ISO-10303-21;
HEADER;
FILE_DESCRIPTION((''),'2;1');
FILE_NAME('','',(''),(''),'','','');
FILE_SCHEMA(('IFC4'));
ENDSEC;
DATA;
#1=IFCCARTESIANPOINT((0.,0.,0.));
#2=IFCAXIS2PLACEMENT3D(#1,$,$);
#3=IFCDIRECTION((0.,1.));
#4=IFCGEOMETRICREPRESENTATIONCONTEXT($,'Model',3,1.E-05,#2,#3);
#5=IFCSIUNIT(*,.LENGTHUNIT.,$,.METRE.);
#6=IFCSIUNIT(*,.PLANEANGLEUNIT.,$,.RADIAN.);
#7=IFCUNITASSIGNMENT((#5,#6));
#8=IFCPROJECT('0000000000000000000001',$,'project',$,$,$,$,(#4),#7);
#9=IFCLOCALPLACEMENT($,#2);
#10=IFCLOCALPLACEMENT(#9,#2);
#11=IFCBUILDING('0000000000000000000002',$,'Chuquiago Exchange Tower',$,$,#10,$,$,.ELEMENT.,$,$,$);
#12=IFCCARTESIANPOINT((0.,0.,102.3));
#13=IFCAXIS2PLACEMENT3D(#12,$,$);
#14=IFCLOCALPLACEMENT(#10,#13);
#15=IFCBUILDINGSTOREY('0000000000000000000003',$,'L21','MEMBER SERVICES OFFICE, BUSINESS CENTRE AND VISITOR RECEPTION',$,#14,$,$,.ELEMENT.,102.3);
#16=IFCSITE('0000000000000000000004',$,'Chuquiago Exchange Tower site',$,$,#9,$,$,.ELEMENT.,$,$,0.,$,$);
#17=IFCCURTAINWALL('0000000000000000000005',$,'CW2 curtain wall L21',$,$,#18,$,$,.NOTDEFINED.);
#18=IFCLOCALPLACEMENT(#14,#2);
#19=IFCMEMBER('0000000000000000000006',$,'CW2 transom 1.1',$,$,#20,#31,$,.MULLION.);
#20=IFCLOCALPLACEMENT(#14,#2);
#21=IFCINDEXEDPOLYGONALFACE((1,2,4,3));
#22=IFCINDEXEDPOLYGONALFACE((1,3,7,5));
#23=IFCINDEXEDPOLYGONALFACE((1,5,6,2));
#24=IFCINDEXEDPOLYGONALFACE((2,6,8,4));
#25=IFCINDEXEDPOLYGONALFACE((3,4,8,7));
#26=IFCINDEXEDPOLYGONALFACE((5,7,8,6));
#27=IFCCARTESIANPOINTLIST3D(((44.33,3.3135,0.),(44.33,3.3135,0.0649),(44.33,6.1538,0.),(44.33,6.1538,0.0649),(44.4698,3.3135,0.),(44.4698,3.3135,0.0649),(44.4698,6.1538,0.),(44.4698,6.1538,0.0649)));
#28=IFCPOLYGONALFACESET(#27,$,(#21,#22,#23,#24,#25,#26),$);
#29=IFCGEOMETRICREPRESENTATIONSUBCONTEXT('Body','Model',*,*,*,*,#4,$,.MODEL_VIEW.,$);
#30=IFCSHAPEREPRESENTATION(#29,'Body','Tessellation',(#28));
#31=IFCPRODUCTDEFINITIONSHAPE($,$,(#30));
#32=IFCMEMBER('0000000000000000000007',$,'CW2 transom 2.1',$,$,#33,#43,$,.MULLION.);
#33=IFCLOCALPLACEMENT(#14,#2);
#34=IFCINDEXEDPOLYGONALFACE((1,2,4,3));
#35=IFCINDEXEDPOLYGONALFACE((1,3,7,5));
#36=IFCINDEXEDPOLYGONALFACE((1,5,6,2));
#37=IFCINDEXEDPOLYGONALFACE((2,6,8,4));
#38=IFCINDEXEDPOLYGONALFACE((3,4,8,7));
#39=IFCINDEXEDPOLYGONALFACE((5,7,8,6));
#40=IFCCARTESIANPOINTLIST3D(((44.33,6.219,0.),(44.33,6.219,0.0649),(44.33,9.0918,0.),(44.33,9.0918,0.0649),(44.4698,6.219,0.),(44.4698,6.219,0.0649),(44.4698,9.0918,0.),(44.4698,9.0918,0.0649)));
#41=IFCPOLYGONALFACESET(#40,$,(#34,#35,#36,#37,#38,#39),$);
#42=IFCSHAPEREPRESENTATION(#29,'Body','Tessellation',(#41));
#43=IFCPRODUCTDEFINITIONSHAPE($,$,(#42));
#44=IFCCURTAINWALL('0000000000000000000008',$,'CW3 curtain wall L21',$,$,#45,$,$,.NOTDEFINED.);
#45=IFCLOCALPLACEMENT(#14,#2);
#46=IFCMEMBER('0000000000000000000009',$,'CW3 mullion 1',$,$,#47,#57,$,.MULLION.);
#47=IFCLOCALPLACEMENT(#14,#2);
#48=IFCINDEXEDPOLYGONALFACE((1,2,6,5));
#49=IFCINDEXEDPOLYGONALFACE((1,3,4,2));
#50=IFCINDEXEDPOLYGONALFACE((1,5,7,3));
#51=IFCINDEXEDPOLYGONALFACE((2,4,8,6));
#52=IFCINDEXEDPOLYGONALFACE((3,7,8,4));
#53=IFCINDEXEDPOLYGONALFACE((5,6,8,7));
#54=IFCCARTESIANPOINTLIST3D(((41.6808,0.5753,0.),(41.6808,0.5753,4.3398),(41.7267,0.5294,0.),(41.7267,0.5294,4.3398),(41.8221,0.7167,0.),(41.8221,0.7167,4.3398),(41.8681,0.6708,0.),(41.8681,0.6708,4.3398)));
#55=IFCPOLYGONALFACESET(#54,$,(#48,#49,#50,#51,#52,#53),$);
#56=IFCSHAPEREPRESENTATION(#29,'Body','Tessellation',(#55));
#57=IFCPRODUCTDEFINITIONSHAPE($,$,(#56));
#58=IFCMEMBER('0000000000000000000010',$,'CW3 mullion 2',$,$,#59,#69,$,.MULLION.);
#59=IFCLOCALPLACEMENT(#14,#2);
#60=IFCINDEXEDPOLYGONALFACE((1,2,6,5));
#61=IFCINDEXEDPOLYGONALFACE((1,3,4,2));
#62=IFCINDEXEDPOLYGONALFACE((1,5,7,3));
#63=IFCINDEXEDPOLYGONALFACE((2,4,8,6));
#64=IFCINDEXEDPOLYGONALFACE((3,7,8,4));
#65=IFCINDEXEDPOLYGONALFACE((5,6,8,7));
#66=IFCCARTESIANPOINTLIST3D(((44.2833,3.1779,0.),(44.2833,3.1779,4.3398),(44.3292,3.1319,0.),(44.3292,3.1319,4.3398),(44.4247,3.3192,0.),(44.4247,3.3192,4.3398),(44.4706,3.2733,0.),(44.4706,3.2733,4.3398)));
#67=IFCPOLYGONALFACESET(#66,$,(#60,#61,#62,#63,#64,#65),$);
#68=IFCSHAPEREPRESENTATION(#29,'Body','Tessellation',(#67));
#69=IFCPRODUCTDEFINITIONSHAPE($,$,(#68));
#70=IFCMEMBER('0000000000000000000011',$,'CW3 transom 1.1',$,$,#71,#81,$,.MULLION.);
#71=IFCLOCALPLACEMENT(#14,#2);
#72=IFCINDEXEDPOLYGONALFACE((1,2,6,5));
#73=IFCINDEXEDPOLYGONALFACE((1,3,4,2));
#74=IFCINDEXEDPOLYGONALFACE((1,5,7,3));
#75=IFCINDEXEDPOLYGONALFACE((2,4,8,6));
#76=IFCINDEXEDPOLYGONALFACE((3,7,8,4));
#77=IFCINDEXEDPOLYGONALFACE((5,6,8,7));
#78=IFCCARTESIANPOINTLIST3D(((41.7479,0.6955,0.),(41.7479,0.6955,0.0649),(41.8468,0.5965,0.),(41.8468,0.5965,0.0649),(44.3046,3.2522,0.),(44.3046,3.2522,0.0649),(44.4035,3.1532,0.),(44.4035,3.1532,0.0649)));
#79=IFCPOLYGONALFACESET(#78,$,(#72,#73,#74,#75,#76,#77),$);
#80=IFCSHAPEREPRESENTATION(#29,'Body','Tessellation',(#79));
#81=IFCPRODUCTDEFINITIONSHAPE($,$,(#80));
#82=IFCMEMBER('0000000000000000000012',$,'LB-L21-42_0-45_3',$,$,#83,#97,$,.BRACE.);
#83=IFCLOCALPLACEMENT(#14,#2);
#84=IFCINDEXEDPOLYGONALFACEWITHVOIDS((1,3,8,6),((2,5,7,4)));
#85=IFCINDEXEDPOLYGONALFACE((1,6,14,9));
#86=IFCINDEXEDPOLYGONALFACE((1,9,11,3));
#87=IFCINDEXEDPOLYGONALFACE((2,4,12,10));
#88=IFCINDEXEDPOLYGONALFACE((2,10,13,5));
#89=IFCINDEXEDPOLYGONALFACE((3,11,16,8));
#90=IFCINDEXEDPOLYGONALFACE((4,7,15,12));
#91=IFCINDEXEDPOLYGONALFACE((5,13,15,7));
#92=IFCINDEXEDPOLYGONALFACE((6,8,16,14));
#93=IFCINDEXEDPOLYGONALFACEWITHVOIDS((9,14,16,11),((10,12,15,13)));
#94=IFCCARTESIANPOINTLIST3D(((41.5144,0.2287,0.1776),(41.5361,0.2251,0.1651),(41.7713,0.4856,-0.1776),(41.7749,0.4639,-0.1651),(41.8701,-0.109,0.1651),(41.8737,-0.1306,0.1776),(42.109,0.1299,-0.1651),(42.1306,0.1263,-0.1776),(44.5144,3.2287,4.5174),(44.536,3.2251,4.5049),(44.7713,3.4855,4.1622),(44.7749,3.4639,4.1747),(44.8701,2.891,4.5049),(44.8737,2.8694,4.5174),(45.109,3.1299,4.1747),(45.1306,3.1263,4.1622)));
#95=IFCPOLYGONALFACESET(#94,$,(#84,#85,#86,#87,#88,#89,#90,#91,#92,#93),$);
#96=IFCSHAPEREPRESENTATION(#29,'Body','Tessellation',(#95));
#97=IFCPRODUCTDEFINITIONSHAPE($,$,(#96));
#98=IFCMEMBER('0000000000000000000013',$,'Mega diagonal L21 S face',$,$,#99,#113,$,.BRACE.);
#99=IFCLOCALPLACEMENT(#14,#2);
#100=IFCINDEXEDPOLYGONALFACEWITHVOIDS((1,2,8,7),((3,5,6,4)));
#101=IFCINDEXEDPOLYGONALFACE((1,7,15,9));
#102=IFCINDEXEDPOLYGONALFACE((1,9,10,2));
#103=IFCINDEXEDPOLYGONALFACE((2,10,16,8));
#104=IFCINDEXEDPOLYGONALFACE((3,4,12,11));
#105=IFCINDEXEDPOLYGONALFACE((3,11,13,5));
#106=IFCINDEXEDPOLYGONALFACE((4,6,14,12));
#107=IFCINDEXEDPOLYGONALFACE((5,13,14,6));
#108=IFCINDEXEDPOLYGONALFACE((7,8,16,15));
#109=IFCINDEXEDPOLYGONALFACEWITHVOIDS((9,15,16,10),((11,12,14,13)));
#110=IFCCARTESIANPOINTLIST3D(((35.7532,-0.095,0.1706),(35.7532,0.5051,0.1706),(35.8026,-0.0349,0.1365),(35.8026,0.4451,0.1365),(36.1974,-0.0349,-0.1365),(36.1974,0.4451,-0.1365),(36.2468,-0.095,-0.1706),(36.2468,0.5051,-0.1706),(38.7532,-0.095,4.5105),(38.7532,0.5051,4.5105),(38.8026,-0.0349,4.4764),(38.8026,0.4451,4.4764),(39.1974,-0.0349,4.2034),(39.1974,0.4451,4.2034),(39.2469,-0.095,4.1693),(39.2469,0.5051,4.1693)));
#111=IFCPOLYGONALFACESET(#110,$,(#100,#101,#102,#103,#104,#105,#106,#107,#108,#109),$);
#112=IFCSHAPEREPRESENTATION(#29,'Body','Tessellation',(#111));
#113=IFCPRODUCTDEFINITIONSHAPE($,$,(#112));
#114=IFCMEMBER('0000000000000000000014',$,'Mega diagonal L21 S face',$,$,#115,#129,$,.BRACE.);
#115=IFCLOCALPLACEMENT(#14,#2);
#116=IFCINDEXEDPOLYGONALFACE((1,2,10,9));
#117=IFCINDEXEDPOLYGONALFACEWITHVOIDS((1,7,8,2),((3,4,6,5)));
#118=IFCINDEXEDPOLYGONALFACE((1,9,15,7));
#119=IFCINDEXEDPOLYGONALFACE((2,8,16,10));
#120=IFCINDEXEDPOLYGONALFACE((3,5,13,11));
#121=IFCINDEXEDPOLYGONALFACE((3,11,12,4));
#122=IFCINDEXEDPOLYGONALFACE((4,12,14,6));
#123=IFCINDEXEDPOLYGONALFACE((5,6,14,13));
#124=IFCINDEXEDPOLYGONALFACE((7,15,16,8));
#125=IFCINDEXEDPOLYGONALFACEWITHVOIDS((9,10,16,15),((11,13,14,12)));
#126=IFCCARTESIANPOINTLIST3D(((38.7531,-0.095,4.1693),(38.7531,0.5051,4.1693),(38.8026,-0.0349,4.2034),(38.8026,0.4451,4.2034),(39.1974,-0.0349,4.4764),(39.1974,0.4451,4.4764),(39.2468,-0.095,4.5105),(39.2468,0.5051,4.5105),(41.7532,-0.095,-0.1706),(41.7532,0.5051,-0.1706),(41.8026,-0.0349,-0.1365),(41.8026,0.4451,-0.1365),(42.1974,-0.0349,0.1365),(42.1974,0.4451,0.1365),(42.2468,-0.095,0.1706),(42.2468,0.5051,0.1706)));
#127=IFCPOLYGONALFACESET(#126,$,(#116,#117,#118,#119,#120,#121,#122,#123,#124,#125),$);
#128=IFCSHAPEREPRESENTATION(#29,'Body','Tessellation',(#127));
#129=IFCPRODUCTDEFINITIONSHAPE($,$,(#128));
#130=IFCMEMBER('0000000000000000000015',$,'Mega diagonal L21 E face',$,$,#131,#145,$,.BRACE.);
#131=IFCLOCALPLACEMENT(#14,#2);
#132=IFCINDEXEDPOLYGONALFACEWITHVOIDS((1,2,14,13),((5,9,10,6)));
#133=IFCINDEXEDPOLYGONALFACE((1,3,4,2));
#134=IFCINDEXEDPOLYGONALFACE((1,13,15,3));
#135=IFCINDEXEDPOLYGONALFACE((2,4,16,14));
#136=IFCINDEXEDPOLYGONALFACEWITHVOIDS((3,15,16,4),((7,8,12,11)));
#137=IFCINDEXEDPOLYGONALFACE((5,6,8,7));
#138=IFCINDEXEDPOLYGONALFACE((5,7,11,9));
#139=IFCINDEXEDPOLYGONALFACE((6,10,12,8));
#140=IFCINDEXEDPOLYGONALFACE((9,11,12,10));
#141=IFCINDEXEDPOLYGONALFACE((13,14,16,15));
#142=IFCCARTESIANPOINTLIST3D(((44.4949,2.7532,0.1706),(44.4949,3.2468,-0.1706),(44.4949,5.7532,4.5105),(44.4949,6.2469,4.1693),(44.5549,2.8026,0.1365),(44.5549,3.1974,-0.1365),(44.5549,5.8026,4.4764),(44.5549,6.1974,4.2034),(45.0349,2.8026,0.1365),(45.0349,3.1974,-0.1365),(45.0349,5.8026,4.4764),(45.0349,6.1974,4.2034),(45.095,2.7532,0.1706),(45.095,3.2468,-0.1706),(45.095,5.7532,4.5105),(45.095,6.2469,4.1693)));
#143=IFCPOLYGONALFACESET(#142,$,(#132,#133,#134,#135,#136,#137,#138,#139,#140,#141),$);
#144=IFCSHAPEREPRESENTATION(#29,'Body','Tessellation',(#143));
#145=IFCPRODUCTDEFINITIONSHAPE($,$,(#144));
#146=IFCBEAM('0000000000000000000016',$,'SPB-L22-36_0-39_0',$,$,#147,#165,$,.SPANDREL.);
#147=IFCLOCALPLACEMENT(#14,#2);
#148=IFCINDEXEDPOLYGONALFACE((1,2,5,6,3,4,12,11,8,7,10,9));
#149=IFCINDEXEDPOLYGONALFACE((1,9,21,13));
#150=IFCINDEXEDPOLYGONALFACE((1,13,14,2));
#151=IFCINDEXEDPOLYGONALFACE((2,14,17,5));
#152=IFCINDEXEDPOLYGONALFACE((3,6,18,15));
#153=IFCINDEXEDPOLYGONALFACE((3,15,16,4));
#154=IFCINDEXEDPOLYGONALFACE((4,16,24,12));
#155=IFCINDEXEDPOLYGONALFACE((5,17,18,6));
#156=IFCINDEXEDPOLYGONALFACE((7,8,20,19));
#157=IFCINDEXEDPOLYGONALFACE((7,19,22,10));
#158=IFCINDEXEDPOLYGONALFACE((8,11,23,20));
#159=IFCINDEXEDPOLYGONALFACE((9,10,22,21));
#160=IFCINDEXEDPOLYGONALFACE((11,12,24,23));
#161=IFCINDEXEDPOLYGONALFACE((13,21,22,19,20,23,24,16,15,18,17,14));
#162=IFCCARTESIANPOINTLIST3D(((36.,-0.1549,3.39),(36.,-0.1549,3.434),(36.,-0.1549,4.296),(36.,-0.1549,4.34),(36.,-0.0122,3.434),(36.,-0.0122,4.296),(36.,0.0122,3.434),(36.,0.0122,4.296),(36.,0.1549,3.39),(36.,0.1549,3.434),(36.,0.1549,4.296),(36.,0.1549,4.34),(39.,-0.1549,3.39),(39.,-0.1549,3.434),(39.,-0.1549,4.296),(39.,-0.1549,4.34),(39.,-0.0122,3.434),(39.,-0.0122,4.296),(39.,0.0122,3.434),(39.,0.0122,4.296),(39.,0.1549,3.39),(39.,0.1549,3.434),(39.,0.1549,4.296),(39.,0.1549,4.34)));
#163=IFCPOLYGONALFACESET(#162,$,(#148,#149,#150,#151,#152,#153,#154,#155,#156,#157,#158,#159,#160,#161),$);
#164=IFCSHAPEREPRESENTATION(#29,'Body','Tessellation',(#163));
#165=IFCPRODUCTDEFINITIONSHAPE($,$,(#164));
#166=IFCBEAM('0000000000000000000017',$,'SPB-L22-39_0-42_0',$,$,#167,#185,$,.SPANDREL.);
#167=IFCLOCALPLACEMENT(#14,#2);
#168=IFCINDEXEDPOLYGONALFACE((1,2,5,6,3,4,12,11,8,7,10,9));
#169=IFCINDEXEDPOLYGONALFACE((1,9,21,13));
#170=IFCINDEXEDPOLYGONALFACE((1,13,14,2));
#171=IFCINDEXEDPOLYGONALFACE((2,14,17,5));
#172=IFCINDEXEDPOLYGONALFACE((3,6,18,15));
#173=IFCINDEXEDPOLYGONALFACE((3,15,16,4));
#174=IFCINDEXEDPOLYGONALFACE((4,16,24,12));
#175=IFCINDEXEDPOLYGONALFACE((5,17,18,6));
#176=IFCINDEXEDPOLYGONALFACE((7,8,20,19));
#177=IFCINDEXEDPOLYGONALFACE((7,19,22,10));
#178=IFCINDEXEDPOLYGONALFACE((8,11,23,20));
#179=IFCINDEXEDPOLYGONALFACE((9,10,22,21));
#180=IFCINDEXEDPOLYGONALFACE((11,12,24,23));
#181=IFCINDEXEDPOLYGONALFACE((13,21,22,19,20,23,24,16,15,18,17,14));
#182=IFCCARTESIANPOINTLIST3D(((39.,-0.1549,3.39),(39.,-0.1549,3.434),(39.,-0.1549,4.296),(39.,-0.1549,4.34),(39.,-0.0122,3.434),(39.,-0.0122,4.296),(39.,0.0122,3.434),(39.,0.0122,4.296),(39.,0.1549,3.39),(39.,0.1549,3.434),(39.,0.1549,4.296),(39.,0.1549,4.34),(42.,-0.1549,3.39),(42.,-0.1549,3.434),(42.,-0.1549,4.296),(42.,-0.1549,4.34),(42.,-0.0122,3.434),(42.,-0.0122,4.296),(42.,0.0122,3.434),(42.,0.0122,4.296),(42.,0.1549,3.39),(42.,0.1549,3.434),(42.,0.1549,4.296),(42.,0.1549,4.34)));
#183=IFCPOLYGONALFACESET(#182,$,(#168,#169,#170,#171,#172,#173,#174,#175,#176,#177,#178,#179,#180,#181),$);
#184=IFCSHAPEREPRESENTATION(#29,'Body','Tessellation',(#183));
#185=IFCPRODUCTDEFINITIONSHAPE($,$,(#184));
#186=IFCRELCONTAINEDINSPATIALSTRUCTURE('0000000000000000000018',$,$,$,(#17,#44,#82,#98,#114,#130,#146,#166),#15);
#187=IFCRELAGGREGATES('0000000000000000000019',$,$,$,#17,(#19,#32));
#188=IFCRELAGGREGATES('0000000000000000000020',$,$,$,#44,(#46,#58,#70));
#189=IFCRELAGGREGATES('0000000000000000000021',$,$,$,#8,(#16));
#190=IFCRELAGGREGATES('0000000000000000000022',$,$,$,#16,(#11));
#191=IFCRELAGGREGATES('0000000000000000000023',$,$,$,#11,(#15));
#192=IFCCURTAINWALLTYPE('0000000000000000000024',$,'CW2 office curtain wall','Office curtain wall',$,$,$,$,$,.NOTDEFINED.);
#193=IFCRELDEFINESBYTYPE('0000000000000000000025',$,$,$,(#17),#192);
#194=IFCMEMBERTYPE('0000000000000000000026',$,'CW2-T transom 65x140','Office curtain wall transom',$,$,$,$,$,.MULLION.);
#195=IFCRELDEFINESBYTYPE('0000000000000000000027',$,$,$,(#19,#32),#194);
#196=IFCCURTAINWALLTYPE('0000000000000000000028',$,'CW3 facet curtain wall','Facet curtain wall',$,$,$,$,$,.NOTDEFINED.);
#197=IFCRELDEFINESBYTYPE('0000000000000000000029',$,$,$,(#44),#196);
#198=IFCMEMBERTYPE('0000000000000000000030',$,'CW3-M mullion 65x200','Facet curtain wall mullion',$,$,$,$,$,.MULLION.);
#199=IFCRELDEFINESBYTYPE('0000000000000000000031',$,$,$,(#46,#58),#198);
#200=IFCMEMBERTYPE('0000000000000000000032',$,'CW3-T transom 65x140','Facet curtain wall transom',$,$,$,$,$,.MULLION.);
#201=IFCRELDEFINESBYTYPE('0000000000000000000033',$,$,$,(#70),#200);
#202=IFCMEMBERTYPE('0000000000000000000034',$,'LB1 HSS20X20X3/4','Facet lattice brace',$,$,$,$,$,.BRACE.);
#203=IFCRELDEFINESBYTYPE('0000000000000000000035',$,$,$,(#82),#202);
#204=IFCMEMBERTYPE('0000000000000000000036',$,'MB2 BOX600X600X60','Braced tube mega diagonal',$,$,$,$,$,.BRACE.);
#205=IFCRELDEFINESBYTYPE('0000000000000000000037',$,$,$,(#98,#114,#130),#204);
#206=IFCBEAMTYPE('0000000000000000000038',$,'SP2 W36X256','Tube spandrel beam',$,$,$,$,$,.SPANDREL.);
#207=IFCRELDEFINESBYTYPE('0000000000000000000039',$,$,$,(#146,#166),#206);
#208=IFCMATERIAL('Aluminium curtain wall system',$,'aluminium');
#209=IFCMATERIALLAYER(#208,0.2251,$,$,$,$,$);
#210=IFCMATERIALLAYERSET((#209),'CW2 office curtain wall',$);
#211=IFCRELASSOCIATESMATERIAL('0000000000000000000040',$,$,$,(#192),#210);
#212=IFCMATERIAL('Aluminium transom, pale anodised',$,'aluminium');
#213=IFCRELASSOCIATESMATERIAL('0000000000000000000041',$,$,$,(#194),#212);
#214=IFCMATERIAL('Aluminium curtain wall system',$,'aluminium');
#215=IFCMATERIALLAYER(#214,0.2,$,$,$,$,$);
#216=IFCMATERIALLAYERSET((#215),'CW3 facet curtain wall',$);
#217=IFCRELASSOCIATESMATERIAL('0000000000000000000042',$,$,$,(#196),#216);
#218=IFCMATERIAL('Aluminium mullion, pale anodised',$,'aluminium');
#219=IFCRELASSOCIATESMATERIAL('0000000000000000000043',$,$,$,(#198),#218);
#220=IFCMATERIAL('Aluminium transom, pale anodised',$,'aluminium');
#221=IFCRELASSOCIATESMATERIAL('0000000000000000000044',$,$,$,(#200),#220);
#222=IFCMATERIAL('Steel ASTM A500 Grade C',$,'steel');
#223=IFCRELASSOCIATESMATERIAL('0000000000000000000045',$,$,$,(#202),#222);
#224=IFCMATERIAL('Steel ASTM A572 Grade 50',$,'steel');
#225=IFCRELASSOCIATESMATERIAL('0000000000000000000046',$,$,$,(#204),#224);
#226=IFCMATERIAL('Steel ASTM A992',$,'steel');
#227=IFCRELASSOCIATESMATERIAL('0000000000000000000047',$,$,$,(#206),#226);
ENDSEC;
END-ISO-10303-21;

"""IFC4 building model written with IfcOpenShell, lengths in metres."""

from ifc_helpers import new_model, si_unit, direction, frame, origin, origin_2d, place, context, subcontext, project, spatial, rectangle, hollow_rectangle, i_section, extrude, material, layer, layer_set, material_profile, profile_set, type_object, element, aggregate, save


model = new_model("IFC4")

# Units and contexts
model_context = context("Model", 3, precision=1e-05, world=origin(), true_north=direction((0.0, 1.0)))
body_context = subcontext(model_context, "Body", "Model", "MODEL_VIEW")
ifc_project = project(units=[si_unit("LENGTHUNIT", "METRE"), si_unit("PLANEANGLEUNIT", "RADIAN")], contexts=[model_context])

# Site, building, storey
site_placement = place(None, origin())
site = spatial("IfcSite", under=ifc_project, at=site_placement, Name="Chuquiago Exchange Tower site", CompositionType="ELEMENT", RefElevation=0.0)
building_placement = place(site_placement, origin())
building = spatial("IfcBuilding", under=site, at=building_placement, Name="Chuquiago Exchange Tower", CompositionType="ELEMENT")
storey_placement = place(building_placement, frame((0.0, 0.0, 102.3)))
storey = spatial("IfcBuildingStorey", under=building, at=storey_placement, Name="L21", Description="MEMBER SERVICES OFFICE, BUSINESS CENTRE AND VISITOR RECEPTION", CompositionType="ELEMENT", Elevation=102.3)

# Curtain wall
ifc_material_1 = material(Name="Aluminium curtain wall system", Category="aluminium")
ifc_layer_1 = layer(ifc_material_1, 0.2251)
ifc_layer_set_1 = layer_set([ifc_layer_1], Name="CW2 office curtain wall")
curtain_wall_type_1 = type_object("IfcCurtainWallType", Name="CW2 office curtain wall", Description="Office curtain wall", PredefinedType="NOTDEFINED", material=ifc_layer_set_1)
curtain_wall_1_placement = place(storey_placement, origin())
curtain_wall_1 = element("IfcCurtainWall", 1, at=curtain_wall_1_placement, inside=storey, type_object=curtain_wall_type_1, Name="CW2 curtain wall L21", PredefinedType="NOTDEFINED")

# Members
ifc_material_2 = material(Name="Aluminium transom, pale anodised", Category="aluminium")
ifc_material_profile_1 = material_profile(ifc_material_2, rectangle(XDim=0.1399, YDim=0.0649, at=origin_2d()), Name="AL 140x65")
ifc_profile_set_1 = profile_set([ifc_material_profile_1], Name="Aluminium transom, pale anodised")
member_type_1 = type_object("IfcMemberType", Name="CW2-T transom 65x140", Description="Office curtain wall transom", PredefinedType="MULLION", material=ifc_profile_set_1)
member_1_placement = place(storey_placement, frame((44.3999, 3.3135, 0.0325), z_axis=(0.0, 1.0, 0.0), x_axis=(-1.0, 0.0, 0.0)))
member_1 = element("IfcMember", 2, at=member_1_placement, type_object=member_type_1, Name="CW2 transom 1.1", PredefinedType="MULLION", context=body_context, shape_type="SweptSolid", body=[
    extrude(rectangle(XDim=0.1399, YDim=0.0649, at=origin_2d()), origin(), (0.0, 0.0, 1.0), 2.8403),
])
member_2_placement = place(storey_placement, frame((44.3999, 6.219, 0.0325), z_axis=(0.0, 1.0, 0.0), x_axis=(-1.0, 0.0, 0.0)))
member_2 = element("IfcMember", 3, at=member_2_placement, type_object=member_type_1, Name="CW2 transom 2.1", PredefinedType="MULLION", context=body_context, shape_type="SweptSolid", body=[
    extrude(rectangle(XDim=0.1399, YDim=0.0649, at=origin_2d()), origin(), (0.0, 0.0, 1.0), 2.8728),
])

# Curtain wall, members
ifc_material_3 = material(Name="Aluminium curtain wall system", Category="aluminium")
ifc_layer_2 = layer(ifc_material_3, 0.2)
ifc_layer_set_2 = layer_set([ifc_layer_2], Name="CW3 facet curtain wall")
curtain_wall_type_2 = type_object("IfcCurtainWallType", Name="CW3 facet curtain wall", Description="Facet curtain wall", PredefinedType="NOTDEFINED", material=ifc_layer_set_2)
curtain_wall_2_placement = place(storey_placement, origin())
curtain_wall_2 = element("IfcCurtainWall", 4, at=curtain_wall_2_placement, inside=storey, type_object=curtain_wall_type_2, Name="CW3 curtain wall L21", PredefinedType="NOTDEFINED")
ifc_material_4 = material(Name="Aluminium mullion, pale anodised", Category="aluminium")
ifc_material_profile_2 = material_profile(ifc_material_4, rectangle(XDim=0.0649, YDim=0.2, at=origin_2d()), Name="AL 65x200")
ifc_profile_set_2 = profile_set([ifc_material_profile_2], Name="Aluminium mullion, pale anodised")
member_type_2 = type_object("IfcMemberType", Name="CW3-M mullion 65x200", Description="Facet curtain wall mullion", PredefinedType="MULLION", material=ifc_profile_set_2)
member_3_placement = place(storey_placement, frame((41.7744, 0.623, 0.0), z_axis=(0.0, 0.0, 1.0), x_axis=(-0.707107, 0.707107, 0.0)))
member_3 = element("IfcMember", 5, at=member_3_placement, type_object=member_type_2, Name="CW3 mullion 1", PredefinedType="MULLION", context=body_context, shape_type="SweptSolid", body=[
    extrude(rectangle(XDim=0.0649, YDim=0.2, at=origin_2d()), origin(), (0.0, 0.0, 1.0), 4.3398),
])
member_4_placement = place(storey_placement, frame((44.377, 3.2256, 0.0), z_axis=(0.0, 0.0, 1.0), x_axis=(-0.707107, 0.707107, 0.0)))
member_4 = element("IfcMember", 6, at=member_4_placement, type_object=member_type_2, Name="CW3 mullion 2", PredefinedType="MULLION", context=body_context, shape_type="SweptSolid", body=[
    extrude(rectangle(XDim=0.0649, YDim=0.2, at=origin_2d()), origin(), (0.0, 0.0, 1.0), 4.3398),
])
ifc_material_5 = material(Name="Aluminium transom, pale anodised", Category="aluminium")
ifc_material_profile_3 = material_profile(ifc_material_5, rectangle(XDim=0.1399, YDim=0.0649, at=origin_2d()), Name="AL 140x65")
ifc_profile_set_3 = profile_set([ifc_material_profile_3], Name="Aluminium transom, pale anodised")
member_type_3 = type_object("IfcMemberType", Name="CW3-T transom 65x140", Description="Facet curtain wall transom", PredefinedType="MULLION", material=ifc_profile_set_3)
member_5_placement = place(storey_placement, frame((41.7974, 0.646, 0.0325), z_axis=(0.707107, 0.707107, 0.0), x_axis=(-0.707107, 0.707107, 0.0)))
member_5 = element("IfcMember", 7, at=member_5_placement, type_object=member_type_3, Name="CW3 transom 1.1", PredefinedType="MULLION", context=body_context, shape_type="SweptSolid", body=[
    extrude(rectangle(XDim=0.1399, YDim=0.0649, at=origin_2d()), origin(), (0.0, 0.0, 1.0), 3.6157),
])

# Members
ifc_material_6 = material(Name="Steel ASTM A500 Grade C", Category="steel")
ifc_material_profile_4 = material_profile(ifc_material_6, hollow_rectangle(XDim=0.5081, YDim=0.5081, WallThickness=0.0178, at=origin_2d()), Name="HSS20X20X3/4")
ifc_profile_set_4 = profile_set([ifc_material_profile_4], Name="Steel ASTM A500 Grade C")
member_type_4 = type_object("IfcMemberType", Name="LB1 HSS20X20X3/4", Description="Facet lattice brace", PredefinedType="BRACE", material=ifc_profile_set_4)
member_6_placement = place(storey_placement, frame((41.8225, 0.1775, 0.0), z_axis=(0.494305, 0.494305, 0.715069), x_axis=(-0.707107, 0.707107, 0.0)))
element("IfcMember", 8, at=member_6_placement, inside=storey, type_object=member_type_4, Name="LB-L21-42_0-45_3", PredefinedType="BRACE", context=body_context, shape_type="SweptSolid", body=[
    extrude(hollow_rectangle(XDim=0.5081, YDim=0.5081, WallThickness=0.0178, at=origin_2d()), origin(), (0.0, 0.0, 1.0), 6.0691),
])
ifc_material_7 = material(Name="Steel ASTM A572 Grade 50", Category="steel")
ifc_material_profile_5 = material_profile(ifc_material_7, hollow_rectangle(XDim=0.6001, YDim=0.6001, WallThickness=0.0601, at=origin_2d()), Name="BOX600X600X60")
ifc_profile_set_5 = profile_set([ifc_material_profile_5], Name="Steel ASTM A572 Grade 50")
member_type_5 = type_object("IfcMemberType", Name="MB2 BOX600X600X60", Description="Braced tube mega diagonal", PredefinedType="BRACE", material=ifc_profile_set_5)
for number, where, z_axis, x_axis, name in (
    (9, (36.0, 0.2051, 0.0), (0.568632, 0.0, 0.822592), (0.0, 1.0, 0.0), "Mega diagonal L21 S face"),
    (10, (42.0, 0.2051, 0.0), (-0.568632, 0.0, 0.822592), (0.0, -1.0, 0.0), "Mega diagonal L21 S face"),
    (11, (44.7949, 3.0, 0.0), (0.0, 0.568632, 0.822592), (-1.0, 0.0, 0.0), "Mega diagonal L21 E face"),
):
    element("IfcMember", number, at=place(storey_placement, frame(where, z_axis=z_axis, x_axis=x_axis)), inside=storey, type_object=member_type_5, Name=name, PredefinedType="BRACE", context=body_context, shape_type="SweptSolid", body=[
        extrude(hollow_rectangle(XDim=0.6001, YDim=0.6001, WallThickness=0.0601, at=origin_2d()), origin(), (0.0, 0.0, 1.0), 5.2759),
    ])

# Beams
ifc_material_8 = material(Name="Steel ASTM A992", Category="steel")
ifc_material_profile_6 = material_profile(ifc_material_8, i_section(OverallWidth=0.3098, OverallDepth=0.95, WebThickness=0.0244, FlangeThickness=0.0439, at=origin_2d()), Name="W36X256")
ifc_profile_set_6 = profile_set([ifc_material_profile_6], Name="Steel ASTM A992")
beam_type = type_object("IfcBeamType", Name="SP2 W36X256", Description="Tube spandrel beam", PredefinedType="SPANDREL", material=ifc_profile_set_6)
for number, where, z_axis, x_axis, name in (
    (12, (36.0, 0.0, 3.865), (1.0, 0.0, 0.0), (0.0, 1.0, 0.0), "SPB-L22-36_0-39_0"),
    (13, (39.0, 0.0, 3.865), (1.0, 0.0, 0.0), (0.0, 1.0, 0.0), "SPB-L22-39_0-42_0"),
):
    element("IfcBeam", number, at=place(storey_placement, frame(where, z_axis=z_axis, x_axis=x_axis)), inside=storey, type_object=beam_type, Name=name, PredefinedType="SPANDREL", context=body_context, shape_type="SweptSolid", body=[
        extrude(i_section(OverallWidth=0.3098, OverallDepth=0.95, WebThickness=0.0244, FlangeThickness=0.0439, at=origin_2d()), origin(), (0.0, 0.0, 1.0), 3.0),
    ])

aggregate(curtain_wall_1, [member_1, member_2])
aggregate(curtain_wall_2, [member_3, member_4, member_5])

save(model, "model.ifc")
